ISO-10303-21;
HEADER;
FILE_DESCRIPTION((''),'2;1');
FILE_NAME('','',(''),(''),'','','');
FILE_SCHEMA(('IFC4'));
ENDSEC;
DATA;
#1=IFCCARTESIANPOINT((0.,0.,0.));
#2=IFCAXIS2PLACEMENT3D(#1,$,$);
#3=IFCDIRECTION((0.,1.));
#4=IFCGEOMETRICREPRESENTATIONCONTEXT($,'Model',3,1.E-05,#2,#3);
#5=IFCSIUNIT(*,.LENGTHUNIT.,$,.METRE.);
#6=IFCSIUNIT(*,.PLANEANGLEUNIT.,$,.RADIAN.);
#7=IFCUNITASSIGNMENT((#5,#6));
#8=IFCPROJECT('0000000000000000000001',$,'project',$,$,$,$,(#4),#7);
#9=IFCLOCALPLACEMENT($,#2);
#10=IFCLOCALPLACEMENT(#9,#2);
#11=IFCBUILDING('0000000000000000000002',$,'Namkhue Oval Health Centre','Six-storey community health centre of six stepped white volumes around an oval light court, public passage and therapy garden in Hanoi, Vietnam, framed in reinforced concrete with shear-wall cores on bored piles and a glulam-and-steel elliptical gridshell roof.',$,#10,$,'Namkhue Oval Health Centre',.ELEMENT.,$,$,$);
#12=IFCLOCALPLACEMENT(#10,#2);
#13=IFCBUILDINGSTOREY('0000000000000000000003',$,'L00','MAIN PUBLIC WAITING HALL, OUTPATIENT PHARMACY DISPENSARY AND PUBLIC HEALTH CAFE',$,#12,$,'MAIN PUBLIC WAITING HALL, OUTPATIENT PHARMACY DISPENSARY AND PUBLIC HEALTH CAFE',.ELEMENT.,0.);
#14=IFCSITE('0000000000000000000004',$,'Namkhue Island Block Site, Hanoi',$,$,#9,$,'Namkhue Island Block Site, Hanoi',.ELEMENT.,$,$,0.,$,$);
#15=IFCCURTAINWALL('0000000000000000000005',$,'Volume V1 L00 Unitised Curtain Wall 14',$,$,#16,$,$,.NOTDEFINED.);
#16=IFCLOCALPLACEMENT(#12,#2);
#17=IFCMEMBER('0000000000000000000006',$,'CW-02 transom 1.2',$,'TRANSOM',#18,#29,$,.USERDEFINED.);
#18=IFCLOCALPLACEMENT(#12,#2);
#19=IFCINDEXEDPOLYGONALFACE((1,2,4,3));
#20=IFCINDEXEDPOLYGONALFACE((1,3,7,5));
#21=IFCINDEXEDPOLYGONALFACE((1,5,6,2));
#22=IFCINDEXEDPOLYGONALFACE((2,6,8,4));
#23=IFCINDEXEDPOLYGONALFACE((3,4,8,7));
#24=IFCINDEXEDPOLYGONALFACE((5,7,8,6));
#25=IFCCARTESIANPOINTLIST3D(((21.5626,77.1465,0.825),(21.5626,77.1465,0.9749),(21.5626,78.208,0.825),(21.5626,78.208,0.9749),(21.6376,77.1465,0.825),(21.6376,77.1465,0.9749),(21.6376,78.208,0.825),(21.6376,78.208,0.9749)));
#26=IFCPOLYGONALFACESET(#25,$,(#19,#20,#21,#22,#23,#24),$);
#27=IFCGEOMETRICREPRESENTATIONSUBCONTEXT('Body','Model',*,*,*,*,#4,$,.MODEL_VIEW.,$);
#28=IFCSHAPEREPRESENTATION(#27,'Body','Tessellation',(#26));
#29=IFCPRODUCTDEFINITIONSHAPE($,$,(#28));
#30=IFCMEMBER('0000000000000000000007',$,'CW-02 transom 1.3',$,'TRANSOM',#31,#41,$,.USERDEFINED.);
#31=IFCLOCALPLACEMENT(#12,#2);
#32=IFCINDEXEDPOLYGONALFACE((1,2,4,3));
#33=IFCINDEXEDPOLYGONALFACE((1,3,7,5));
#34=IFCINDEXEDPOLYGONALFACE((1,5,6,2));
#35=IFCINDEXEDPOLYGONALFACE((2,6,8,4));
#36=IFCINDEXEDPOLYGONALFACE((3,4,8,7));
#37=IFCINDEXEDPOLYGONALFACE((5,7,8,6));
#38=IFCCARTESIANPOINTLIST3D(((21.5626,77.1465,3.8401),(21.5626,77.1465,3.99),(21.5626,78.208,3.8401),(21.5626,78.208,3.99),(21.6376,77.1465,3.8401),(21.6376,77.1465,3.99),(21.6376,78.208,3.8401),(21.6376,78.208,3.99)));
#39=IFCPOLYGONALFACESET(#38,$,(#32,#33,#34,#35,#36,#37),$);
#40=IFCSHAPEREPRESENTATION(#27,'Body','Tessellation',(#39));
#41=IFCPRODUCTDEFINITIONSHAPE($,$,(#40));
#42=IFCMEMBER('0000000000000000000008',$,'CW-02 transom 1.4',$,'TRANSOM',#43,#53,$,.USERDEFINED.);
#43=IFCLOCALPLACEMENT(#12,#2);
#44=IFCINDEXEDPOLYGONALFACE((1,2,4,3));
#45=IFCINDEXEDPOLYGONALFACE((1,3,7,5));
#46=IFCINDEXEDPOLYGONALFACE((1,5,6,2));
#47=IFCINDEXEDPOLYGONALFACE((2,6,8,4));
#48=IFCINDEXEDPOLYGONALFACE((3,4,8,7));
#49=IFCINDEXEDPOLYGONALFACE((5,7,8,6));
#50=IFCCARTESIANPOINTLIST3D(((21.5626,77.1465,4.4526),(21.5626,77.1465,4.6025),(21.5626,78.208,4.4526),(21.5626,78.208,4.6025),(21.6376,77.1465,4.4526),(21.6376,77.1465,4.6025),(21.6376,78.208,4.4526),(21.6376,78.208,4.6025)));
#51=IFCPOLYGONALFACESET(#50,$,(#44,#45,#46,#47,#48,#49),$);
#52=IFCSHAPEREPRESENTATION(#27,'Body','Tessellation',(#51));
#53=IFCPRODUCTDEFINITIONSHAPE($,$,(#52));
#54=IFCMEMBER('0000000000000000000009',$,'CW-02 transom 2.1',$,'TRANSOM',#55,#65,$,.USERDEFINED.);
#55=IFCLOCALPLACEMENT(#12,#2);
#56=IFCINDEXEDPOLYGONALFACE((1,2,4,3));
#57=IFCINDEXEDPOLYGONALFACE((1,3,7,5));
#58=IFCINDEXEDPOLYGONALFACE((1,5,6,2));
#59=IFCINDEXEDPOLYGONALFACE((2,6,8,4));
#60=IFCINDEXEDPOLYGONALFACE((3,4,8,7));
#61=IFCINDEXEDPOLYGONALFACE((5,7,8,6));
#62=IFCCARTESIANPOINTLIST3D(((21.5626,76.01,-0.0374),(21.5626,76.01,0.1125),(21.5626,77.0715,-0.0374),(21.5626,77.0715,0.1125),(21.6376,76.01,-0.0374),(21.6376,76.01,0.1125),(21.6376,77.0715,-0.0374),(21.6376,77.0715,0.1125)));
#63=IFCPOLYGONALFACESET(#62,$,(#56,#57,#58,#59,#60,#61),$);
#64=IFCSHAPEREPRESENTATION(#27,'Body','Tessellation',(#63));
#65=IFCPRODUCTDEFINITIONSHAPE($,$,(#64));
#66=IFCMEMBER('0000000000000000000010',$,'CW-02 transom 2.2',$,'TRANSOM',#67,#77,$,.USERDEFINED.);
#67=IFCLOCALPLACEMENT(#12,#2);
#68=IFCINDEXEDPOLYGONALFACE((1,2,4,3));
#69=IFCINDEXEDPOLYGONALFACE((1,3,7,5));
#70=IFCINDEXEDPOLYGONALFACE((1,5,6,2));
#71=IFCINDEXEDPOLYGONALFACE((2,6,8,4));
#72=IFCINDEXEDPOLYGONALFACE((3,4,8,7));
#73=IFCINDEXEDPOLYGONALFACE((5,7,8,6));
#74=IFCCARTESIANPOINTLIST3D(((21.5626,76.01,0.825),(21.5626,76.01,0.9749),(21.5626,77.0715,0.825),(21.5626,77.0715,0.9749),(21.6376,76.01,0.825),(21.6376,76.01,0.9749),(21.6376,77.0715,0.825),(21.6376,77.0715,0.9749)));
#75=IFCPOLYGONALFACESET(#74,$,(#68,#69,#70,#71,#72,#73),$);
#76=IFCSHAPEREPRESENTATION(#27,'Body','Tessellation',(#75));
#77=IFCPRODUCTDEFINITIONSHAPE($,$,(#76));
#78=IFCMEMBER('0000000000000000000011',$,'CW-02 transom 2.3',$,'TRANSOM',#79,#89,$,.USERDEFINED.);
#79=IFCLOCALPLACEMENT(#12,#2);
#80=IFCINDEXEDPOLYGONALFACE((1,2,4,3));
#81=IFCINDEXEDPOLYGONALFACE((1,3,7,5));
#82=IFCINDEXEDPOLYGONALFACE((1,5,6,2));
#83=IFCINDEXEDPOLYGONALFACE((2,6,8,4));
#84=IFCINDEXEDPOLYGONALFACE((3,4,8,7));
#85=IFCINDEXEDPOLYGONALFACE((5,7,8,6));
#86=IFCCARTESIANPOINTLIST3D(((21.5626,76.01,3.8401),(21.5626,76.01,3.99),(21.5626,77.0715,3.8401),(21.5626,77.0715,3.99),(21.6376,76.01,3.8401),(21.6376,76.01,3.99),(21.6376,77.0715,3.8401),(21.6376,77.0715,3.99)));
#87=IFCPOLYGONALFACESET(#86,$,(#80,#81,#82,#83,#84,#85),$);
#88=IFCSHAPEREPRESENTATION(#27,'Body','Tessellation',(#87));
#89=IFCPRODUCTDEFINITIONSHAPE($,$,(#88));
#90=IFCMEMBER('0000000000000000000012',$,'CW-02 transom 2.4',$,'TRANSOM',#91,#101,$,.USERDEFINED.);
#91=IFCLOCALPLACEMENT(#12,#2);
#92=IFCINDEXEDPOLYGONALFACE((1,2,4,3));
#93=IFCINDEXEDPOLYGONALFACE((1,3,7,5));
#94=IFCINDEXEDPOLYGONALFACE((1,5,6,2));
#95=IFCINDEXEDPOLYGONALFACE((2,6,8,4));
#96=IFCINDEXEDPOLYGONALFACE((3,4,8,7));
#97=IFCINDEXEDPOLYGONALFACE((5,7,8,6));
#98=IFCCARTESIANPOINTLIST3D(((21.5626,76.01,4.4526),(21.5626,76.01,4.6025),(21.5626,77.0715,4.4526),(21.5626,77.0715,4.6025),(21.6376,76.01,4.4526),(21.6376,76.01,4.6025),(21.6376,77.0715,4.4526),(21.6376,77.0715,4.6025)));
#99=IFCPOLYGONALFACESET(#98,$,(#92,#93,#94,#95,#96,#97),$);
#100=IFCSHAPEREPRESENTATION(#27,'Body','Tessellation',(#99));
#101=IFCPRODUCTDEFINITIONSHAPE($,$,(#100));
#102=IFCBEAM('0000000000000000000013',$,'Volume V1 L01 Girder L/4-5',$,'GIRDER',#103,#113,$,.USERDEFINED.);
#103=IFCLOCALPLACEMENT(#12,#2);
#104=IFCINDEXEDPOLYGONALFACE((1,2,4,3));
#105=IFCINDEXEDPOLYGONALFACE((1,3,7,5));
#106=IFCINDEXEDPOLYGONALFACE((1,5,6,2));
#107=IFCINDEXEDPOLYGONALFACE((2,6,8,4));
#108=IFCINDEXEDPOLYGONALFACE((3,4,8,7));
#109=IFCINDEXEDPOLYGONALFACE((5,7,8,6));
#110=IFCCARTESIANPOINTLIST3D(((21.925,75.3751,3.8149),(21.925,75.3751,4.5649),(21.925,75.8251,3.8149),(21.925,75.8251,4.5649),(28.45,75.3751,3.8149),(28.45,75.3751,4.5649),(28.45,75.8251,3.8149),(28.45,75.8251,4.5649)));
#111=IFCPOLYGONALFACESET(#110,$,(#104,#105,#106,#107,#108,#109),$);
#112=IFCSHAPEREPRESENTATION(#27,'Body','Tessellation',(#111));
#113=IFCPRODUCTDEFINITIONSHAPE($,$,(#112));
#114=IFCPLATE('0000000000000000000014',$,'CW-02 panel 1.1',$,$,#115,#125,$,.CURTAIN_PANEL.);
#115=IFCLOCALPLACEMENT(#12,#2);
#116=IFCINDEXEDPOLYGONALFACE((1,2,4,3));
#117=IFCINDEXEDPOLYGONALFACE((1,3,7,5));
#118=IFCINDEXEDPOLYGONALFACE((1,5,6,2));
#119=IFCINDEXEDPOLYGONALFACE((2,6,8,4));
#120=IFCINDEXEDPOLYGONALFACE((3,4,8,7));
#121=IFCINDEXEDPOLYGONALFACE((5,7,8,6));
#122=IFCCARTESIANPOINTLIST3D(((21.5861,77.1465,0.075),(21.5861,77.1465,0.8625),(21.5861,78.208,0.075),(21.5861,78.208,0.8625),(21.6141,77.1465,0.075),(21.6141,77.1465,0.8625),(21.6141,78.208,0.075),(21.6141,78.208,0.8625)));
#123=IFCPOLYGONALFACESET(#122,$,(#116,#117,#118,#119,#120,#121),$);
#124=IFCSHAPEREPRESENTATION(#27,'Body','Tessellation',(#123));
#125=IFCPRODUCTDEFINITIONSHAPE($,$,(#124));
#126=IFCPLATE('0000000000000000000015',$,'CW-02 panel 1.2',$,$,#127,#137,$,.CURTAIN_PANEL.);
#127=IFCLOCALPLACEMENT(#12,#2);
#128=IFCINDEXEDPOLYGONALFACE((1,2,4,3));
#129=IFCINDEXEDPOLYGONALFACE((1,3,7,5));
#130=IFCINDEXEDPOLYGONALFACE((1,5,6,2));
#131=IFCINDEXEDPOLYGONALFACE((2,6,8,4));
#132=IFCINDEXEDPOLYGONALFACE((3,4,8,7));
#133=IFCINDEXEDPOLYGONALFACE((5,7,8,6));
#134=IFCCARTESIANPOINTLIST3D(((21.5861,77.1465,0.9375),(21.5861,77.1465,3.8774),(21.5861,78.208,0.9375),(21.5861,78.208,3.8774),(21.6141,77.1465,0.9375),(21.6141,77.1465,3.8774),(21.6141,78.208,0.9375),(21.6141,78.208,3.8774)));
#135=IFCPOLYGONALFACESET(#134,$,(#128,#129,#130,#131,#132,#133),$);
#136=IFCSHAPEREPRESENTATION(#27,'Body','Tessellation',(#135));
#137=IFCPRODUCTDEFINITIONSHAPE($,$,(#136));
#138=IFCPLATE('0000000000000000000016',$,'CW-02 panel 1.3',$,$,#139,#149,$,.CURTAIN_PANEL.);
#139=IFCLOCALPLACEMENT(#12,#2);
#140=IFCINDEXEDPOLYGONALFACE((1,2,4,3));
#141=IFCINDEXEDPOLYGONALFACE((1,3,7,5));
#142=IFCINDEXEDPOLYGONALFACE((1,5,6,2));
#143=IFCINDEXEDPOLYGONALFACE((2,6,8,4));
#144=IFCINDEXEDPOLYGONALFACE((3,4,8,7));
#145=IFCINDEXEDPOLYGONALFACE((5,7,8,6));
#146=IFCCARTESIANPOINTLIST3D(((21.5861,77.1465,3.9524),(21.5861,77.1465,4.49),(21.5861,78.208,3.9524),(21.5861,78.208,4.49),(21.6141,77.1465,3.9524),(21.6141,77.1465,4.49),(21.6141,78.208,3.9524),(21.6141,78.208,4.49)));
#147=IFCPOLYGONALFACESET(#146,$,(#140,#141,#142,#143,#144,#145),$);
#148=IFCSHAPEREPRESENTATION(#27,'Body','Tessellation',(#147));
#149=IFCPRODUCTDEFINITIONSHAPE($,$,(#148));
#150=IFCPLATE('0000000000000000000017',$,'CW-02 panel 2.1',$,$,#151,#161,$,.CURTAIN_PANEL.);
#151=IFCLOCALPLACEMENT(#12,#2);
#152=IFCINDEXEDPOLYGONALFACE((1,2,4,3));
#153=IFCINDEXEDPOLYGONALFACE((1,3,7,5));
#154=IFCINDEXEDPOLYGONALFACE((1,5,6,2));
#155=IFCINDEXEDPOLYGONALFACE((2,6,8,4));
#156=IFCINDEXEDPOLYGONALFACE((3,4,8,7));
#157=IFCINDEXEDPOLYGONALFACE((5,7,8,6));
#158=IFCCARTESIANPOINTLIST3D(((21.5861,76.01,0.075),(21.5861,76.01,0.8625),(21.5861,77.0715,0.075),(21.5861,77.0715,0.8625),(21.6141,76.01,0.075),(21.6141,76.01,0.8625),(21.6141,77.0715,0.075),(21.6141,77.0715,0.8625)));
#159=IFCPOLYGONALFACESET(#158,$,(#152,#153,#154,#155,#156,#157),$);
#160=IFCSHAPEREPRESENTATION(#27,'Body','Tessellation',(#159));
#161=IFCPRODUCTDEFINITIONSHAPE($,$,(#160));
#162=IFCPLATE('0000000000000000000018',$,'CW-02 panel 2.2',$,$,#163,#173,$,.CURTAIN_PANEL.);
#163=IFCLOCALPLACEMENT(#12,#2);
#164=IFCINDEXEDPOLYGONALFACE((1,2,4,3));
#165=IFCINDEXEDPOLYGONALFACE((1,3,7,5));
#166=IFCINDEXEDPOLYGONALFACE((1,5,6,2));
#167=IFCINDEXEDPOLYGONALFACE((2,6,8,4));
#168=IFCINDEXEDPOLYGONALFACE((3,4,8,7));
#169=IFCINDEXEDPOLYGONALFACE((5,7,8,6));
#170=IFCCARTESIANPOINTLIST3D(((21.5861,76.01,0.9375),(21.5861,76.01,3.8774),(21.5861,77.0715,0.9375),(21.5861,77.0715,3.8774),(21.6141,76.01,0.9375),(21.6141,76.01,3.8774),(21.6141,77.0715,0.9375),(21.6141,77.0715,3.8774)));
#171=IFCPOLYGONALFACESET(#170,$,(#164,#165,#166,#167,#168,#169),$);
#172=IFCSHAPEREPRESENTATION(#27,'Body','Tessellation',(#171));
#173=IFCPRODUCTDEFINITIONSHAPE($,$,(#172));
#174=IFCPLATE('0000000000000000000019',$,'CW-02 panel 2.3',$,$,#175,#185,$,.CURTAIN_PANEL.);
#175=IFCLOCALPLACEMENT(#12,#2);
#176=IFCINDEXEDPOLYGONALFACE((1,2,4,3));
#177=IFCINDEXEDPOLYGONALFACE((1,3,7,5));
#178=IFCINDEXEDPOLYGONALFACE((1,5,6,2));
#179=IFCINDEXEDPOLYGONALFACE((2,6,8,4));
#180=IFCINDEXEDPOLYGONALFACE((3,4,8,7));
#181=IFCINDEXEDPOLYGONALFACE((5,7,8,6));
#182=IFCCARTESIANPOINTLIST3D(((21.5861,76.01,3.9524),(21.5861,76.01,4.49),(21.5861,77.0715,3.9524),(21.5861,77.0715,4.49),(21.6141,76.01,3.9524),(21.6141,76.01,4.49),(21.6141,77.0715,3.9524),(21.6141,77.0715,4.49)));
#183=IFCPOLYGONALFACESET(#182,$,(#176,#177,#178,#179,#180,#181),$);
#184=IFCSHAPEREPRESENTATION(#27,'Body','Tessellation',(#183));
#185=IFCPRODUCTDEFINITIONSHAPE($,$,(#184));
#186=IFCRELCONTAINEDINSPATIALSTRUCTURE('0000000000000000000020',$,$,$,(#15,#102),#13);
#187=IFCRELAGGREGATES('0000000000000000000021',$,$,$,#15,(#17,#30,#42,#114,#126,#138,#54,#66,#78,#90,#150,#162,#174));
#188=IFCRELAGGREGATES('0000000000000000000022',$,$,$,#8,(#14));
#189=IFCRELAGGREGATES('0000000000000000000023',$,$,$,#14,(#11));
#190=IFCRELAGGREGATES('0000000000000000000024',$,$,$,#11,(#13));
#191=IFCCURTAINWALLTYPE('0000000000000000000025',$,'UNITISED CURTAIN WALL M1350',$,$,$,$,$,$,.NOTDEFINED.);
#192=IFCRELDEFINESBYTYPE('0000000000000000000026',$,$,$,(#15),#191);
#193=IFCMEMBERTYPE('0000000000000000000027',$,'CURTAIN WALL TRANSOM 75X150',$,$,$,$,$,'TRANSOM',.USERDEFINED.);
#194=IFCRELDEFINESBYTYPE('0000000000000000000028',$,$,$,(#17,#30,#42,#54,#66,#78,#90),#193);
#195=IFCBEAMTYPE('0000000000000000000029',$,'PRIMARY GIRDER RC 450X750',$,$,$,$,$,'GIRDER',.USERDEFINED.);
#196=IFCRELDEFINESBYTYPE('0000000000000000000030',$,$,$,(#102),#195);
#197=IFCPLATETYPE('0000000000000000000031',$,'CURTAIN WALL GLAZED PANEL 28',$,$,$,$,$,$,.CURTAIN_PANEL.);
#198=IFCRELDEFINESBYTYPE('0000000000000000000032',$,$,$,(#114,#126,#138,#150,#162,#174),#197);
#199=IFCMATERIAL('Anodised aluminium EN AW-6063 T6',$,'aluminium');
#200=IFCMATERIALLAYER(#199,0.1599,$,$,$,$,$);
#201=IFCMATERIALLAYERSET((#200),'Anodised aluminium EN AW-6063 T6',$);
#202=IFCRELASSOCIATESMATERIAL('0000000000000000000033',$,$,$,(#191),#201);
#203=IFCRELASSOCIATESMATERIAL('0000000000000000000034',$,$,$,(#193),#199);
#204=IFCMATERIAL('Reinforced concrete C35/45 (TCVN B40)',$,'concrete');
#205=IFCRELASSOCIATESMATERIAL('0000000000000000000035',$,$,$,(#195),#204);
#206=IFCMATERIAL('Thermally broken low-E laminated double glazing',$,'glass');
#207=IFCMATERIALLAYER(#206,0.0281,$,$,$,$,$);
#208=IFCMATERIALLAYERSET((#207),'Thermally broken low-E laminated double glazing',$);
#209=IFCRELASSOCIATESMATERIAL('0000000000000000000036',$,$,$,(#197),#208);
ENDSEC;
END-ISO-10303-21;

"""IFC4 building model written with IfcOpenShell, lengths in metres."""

from ifc_helpers import new_model, si_unit, direction, frame, origin, origin_2d, place, context, subcontext, project, spatial, rectangle, extrude, material, layer, layer_set, material_profile, profile_set, type_object, element, aggregate, save


model = new_model("IFC4")

# Units and contexts
model_context = context("Model", 3, precision=1e-05, world=origin(), true_north=direction((0.0, 1.0)))
body_context = subcontext(model_context, "Body", "Model", "MODEL_VIEW")
ifc_project = project(units=[si_unit("LENGTHUNIT", "METRE"), si_unit("PLANEANGLEUNIT", "RADIAN")], contexts=[model_context])

# Site, building, storey
site_placement = place(None, origin())
site = spatial("IfcSite", under=ifc_project, at=site_placement, Name="Namkhue Island Block Site, Hanoi", LongName="Namkhue Island Block Site, Hanoi", CompositionType="ELEMENT", RefElevation=0.0)
building_placement = place(site_placement, origin())
building = spatial("IfcBuilding", under=site, at=building_placement, Name="Namkhue Oval Health Centre", Description="Six-storey community health centre of six stepped white volumes around an oval light court, public passage and therapy garden in Hanoi, Vietnam, framed in reinforced concrete with shear-wall cores on bored piles and a glulam-and-steel elliptical gridshell roof.", LongName="Namkhue Oval Health Centre", CompositionType="ELEMENT")
storey_placement = place(building_placement, origin())
storey = spatial("IfcBuildingStorey", under=building, at=storey_placement, Name="L00", Description="MAIN PUBLIC WAITING HALL, OUTPATIENT PHARMACY DISPENSARY AND PUBLIC HEALTH CAFE", LongName="MAIN PUBLIC WAITING HALL, OUTPATIENT PHARMACY DISPENSARY AND PUBLIC HEALTH CAFE", CompositionType="ELEMENT", Elevation=0.0)

# Shared definitions
ifc_material_1 = material(Name="Reinforced concrete C35/45 (TCVN B40)", Category="concrete")

# Shared definitions
ifc_material_2 = material(Name="Anodised aluminium EN AW-6063 T6", Category="aluminium")

# Curtain wall
ifc_layer_1 = layer(ifc_material_2, 0.1599)
ifc_layer_set_1 = layer_set([ifc_layer_1], Name="Anodised aluminium EN AW-6063 T6")
curtain_wall_type_1 = type_object("IfcCurtainWallType", Name="UNITISED CURTAIN WALL M1350", PredefinedType="NOTDEFINED", material=ifc_layer_set_1)
curtain_wall_1_placement = place(storey_placement, origin())
curtain_wall_1 = element("IfcCurtainWall", 1, at=curtain_wall_1_placement, inside=storey, type_object=curtain_wall_type_1, Name="Volume V1 L00 Unitised Curtain Wall 14", PredefinedType="NOTDEFINED")

# Members
ifc_material_profile_1 = material_profile(ifc_material_2, rectangle(XDim=0.075, YDim=0.1499, at=origin_2d()), Name="ALU 75x150")
ifc_profile_set_1 = profile_set([ifc_material_profile_1], Name="Anodised aluminium EN AW-6063 T6")
member_type_1 = type_object("IfcMemberType", Name="CURTAIN WALL TRANSOM 75X150", ElementType="TRANSOM", PredefinedType="USERDEFINED", material=ifc_profile_set_1)
member_1_placement = place(storey_placement, frame((21.6001, 78.208, 0.8999), z_axis=(0.0, -1.0, 0.0), x_axis=(1.0, 0.0, 0.0)))
member_1 = element("IfcMember", 2, at=member_1_placement, type_object=member_type_1, Name="CW-02 transom 1.2", ObjectType="TRANSOM", PredefinedType="USERDEFINED", context=body_context, shape_type="SweptSolid", body=[
    extrude(rectangle(XDim=0.075, YDim=0.1499, at=origin_2d()), origin(), (0.0, 0.0, 1.0), 1.0615),
])
member_2_placement = place(storey_placement, frame((21.6001, 78.208, 3.915), z_axis=(0.0, -1.0, 0.0), x_axis=(1.0, 0.0, 0.0)))
member_2 = element("IfcMember", 3, at=member_2_placement, type_object=member_type_1, Name="CW-02 transom 1.3", ObjectType="TRANSOM", PredefinedType="USERDEFINED", context=body_context, shape_type="SweptSolid", body=[
    extrude(rectangle(XDim=0.075, YDim=0.1499, at=origin_2d()), origin(), (0.0, 0.0, 1.0), 1.0615),
])
member_3_placement = place(storey_placement, frame((21.6001, 78.208, 4.5276), z_axis=(0.0, -1.0, 0.0), x_axis=(1.0, 0.0, 0.0)))
member_3 = element("IfcMember", 4, at=member_3_placement, type_object=member_type_1, Name="CW-02 transom 1.4", ObjectType="TRANSOM", PredefinedType="USERDEFINED", context=body_context, shape_type="SweptSolid", body=[
    extrude(rectangle(XDim=0.075, YDim=0.1499, at=origin_2d()), origin(), (0.0, 0.0, 1.0), 1.0615),
])
member_4_placement = place(storey_placement, frame((21.6001, 77.0715, 0.0376), z_axis=(0.0, -1.0, 0.0), x_axis=(1.0, 0.0, 0.0)))
member_4 = element("IfcMember", 5, at=member_4_placement, type_object=member_type_1, Name="CW-02 transom 2.1", ObjectType="TRANSOM", PredefinedType="USERDEFINED", context=body_context, shape_type="SweptSolid", body=[
    extrude(rectangle(XDim=0.075, YDim=0.1499, at=origin_2d()), origin(), (0.0, 0.0, 1.0), 1.0615),
])
member_5_placement = place(storey_placement, frame((21.6001, 77.0715, 0.8999), z_axis=(0.0, -1.0, 0.0), x_axis=(1.0, 0.0, 0.0)))
member_5 = element("IfcMember", 6, at=member_5_placement, type_object=member_type_1, Name="CW-02 transom 2.2", ObjectType="TRANSOM", PredefinedType="USERDEFINED", context=body_context, shape_type="SweptSolid", body=[
    extrude(rectangle(XDim=0.075, YDim=0.1499, at=origin_2d()), origin(), (0.0, 0.0, 1.0), 1.0615),
])
member_6_placement = place(storey_placement, frame((21.6001, 77.0715, 3.915), z_axis=(0.0, -1.0, 0.0), x_axis=(1.0, 0.0, 0.0)))
member_6 = element("IfcMember", 7, at=member_6_placement, type_object=member_type_1, Name="CW-02 transom 2.3", ObjectType="TRANSOM", PredefinedType="USERDEFINED", context=body_context, shape_type="SweptSolid", body=[
    extrude(rectangle(XDim=0.075, YDim=0.1499, at=origin_2d()), origin(), (0.0, 0.0, 1.0), 1.0615),
])
member_7_placement = place(storey_placement, frame((21.6001, 77.0715, 4.5276), z_axis=(0.0, -1.0, 0.0), x_axis=(1.0, 0.0, 0.0)))
member_7 = element("IfcMember", 8, at=member_7_placement, type_object=member_type_1, Name="CW-02 transom 2.4", ObjectType="TRANSOM", PredefinedType="USERDEFINED", context=body_context, shape_type="SweptSolid", body=[
    extrude(rectangle(XDim=0.075, YDim=0.1499, at=origin_2d()), origin(), (0.0, 0.0, 1.0), 1.0615),
])

# Beam
ifc_material_profile_2 = material_profile(ifc_material_1, rectangle(XDim=0.45, YDim=0.75, at=origin_2d()), Name="RC 450x750")
ifc_profile_set_2 = profile_set([ifc_material_profile_2], Name="Reinforced concrete C35/45 (TCVN B40)")
beam_type = type_object("IfcBeamType", Name="PRIMARY GIRDER RC 450X750", ElementType="GIRDER", PredefinedType="USERDEFINED", material=ifc_profile_set_2)
beam_placement = place(storey_placement, frame((21.925, 75.6001, 4.1899), z_axis=(1.0, 0.0, 0.0), x_axis=(0.0, 1.0, 0.0)))
element("IfcBeam", 9, at=beam_placement, inside=storey, type_object=beam_type, Name="Volume V1 L01 Girder L/4-5", ObjectType="GIRDER", PredefinedType="USERDEFINED", context=body_context, shape_type="SweptSolid", body=[
    extrude(rectangle(XDim=0.45, YDim=0.75, at=origin_2d()), origin(), (0.0, 0.0, 1.0), 6.5249),
])

# Plates
ifc_material_3 = material(Name="Thermally broken low-E laminated double glazing", Category="glass")
ifc_layer_2 = layer(ifc_material_3, 0.0281)
ifc_layer_set_2 = layer_set([ifc_layer_2], Name="Thermally broken low-E laminated double glazing")
plate_type_1 = type_object("IfcPlateType", Name="CURTAIN WALL GLAZED PANEL 28", PredefinedType="CURTAIN_PANEL", material=ifc_layer_set_2)
plate_1_placement = place(storey_placement, frame((21.6001, 77.6772, 0.075), z_axis=(0.0, 0.0, 1.0), x_axis=(0.0, -1.0, 0.0)))
plate_1 = element("IfcPlate", 10, at=plate_1_placement, type_object=plate_type_1, Name="CW-02 panel 1.1", PredefinedType="CURTAIN_PANEL", context=body_context, shape_type="SweptSolid", body=[
    extrude(rectangle(XDim=1.0615, YDim=0.0281, at=origin_2d()), origin(), (0.0, 0.0, 1.0), 0.7876),
])
plate_2_placement = place(storey_placement, frame((21.6001, 77.6772, 0.9375), z_axis=(0.0, 0.0, 1.0), x_axis=(0.0, -1.0, 0.0)))
plate_2 = element("IfcPlate", 11, at=plate_2_placement, type_object=plate_type_1, Name="CW-02 panel 1.2", PredefinedType="CURTAIN_PANEL", context=body_context, shape_type="SweptSolid", body=[
    extrude(rectangle(XDim=1.0615, YDim=0.0281, at=origin_2d()), origin(), (0.0, 0.0, 1.0), 2.9399),
])
plate_3_placement = place(storey_placement, frame((21.6001, 77.6772, 3.9524), z_axis=(0.0, 0.0, 1.0), x_axis=(0.0, -1.0, 0.0)))
plate_3 = element("IfcPlate", 12, at=plate_3_placement, type_object=plate_type_1, Name="CW-02 panel 1.3", PredefinedType="CURTAIN_PANEL", context=body_context, shape_type="SweptSolid", body=[
    extrude(rectangle(XDim=1.0615, YDim=0.0281, at=origin_2d()), origin(), (0.0, 0.0, 1.0), 0.5376),
])
plate_4_placement = place(storey_placement, frame((21.6001, 76.5408, 0.075), z_axis=(0.0, 0.0, 1.0), x_axis=(0.0, -1.0, 0.0)))
plate_4 = element("IfcPlate", 13, at=plate_4_placement, type_object=plate_type_1, Name="CW-02 panel 2.1", PredefinedType="CURTAIN_PANEL", context=body_context, shape_type="SweptSolid", body=[
    extrude(rectangle(XDim=1.0615, YDim=0.0281, at=origin_2d()), origin(), (0.0, 0.0, 1.0), 0.7876),
])
plate_5_placement = place(storey_placement, frame((21.6001, 76.5408, 0.9375), z_axis=(0.0, 0.0, 1.0), x_axis=(0.0, -1.0, 0.0)))
plate_5 = element("IfcPlate", 14, at=plate_5_placement, type_object=plate_type_1, Name="CW-02 panel 2.2", PredefinedType="CURTAIN_PANEL", context=body_context, shape_type="SweptSolid", body=[
    extrude(rectangle(XDim=1.0615, YDim=0.0281, at=origin_2d()), origin(), (0.0, 0.0, 1.0), 2.9399),
])
plate_6_placement = place(storey_placement, frame((21.6001, 76.5408, 3.9524), z_axis=(0.0, 0.0, 1.0), x_axis=(0.0, -1.0, 0.0)))
plate_6 = element("IfcPlate", 15, at=plate_6_placement, type_object=plate_type_1, Name="CW-02 panel 2.3", PredefinedType="CURTAIN_PANEL", context=body_context, shape_type="SweptSolid", body=[
    extrude(rectangle(XDim=1.0615, YDim=0.0281, at=origin_2d()), origin(), (0.0, 0.0, 1.0), 0.5376),
])
aggregate(curtain_wall_1, [member_1, member_2, member_3, plate_1, plate_2, plate_3, member_4, member_5, member_6, member_7, plate_4, plate_5, plate_6])

save(model, "model.ifc")
